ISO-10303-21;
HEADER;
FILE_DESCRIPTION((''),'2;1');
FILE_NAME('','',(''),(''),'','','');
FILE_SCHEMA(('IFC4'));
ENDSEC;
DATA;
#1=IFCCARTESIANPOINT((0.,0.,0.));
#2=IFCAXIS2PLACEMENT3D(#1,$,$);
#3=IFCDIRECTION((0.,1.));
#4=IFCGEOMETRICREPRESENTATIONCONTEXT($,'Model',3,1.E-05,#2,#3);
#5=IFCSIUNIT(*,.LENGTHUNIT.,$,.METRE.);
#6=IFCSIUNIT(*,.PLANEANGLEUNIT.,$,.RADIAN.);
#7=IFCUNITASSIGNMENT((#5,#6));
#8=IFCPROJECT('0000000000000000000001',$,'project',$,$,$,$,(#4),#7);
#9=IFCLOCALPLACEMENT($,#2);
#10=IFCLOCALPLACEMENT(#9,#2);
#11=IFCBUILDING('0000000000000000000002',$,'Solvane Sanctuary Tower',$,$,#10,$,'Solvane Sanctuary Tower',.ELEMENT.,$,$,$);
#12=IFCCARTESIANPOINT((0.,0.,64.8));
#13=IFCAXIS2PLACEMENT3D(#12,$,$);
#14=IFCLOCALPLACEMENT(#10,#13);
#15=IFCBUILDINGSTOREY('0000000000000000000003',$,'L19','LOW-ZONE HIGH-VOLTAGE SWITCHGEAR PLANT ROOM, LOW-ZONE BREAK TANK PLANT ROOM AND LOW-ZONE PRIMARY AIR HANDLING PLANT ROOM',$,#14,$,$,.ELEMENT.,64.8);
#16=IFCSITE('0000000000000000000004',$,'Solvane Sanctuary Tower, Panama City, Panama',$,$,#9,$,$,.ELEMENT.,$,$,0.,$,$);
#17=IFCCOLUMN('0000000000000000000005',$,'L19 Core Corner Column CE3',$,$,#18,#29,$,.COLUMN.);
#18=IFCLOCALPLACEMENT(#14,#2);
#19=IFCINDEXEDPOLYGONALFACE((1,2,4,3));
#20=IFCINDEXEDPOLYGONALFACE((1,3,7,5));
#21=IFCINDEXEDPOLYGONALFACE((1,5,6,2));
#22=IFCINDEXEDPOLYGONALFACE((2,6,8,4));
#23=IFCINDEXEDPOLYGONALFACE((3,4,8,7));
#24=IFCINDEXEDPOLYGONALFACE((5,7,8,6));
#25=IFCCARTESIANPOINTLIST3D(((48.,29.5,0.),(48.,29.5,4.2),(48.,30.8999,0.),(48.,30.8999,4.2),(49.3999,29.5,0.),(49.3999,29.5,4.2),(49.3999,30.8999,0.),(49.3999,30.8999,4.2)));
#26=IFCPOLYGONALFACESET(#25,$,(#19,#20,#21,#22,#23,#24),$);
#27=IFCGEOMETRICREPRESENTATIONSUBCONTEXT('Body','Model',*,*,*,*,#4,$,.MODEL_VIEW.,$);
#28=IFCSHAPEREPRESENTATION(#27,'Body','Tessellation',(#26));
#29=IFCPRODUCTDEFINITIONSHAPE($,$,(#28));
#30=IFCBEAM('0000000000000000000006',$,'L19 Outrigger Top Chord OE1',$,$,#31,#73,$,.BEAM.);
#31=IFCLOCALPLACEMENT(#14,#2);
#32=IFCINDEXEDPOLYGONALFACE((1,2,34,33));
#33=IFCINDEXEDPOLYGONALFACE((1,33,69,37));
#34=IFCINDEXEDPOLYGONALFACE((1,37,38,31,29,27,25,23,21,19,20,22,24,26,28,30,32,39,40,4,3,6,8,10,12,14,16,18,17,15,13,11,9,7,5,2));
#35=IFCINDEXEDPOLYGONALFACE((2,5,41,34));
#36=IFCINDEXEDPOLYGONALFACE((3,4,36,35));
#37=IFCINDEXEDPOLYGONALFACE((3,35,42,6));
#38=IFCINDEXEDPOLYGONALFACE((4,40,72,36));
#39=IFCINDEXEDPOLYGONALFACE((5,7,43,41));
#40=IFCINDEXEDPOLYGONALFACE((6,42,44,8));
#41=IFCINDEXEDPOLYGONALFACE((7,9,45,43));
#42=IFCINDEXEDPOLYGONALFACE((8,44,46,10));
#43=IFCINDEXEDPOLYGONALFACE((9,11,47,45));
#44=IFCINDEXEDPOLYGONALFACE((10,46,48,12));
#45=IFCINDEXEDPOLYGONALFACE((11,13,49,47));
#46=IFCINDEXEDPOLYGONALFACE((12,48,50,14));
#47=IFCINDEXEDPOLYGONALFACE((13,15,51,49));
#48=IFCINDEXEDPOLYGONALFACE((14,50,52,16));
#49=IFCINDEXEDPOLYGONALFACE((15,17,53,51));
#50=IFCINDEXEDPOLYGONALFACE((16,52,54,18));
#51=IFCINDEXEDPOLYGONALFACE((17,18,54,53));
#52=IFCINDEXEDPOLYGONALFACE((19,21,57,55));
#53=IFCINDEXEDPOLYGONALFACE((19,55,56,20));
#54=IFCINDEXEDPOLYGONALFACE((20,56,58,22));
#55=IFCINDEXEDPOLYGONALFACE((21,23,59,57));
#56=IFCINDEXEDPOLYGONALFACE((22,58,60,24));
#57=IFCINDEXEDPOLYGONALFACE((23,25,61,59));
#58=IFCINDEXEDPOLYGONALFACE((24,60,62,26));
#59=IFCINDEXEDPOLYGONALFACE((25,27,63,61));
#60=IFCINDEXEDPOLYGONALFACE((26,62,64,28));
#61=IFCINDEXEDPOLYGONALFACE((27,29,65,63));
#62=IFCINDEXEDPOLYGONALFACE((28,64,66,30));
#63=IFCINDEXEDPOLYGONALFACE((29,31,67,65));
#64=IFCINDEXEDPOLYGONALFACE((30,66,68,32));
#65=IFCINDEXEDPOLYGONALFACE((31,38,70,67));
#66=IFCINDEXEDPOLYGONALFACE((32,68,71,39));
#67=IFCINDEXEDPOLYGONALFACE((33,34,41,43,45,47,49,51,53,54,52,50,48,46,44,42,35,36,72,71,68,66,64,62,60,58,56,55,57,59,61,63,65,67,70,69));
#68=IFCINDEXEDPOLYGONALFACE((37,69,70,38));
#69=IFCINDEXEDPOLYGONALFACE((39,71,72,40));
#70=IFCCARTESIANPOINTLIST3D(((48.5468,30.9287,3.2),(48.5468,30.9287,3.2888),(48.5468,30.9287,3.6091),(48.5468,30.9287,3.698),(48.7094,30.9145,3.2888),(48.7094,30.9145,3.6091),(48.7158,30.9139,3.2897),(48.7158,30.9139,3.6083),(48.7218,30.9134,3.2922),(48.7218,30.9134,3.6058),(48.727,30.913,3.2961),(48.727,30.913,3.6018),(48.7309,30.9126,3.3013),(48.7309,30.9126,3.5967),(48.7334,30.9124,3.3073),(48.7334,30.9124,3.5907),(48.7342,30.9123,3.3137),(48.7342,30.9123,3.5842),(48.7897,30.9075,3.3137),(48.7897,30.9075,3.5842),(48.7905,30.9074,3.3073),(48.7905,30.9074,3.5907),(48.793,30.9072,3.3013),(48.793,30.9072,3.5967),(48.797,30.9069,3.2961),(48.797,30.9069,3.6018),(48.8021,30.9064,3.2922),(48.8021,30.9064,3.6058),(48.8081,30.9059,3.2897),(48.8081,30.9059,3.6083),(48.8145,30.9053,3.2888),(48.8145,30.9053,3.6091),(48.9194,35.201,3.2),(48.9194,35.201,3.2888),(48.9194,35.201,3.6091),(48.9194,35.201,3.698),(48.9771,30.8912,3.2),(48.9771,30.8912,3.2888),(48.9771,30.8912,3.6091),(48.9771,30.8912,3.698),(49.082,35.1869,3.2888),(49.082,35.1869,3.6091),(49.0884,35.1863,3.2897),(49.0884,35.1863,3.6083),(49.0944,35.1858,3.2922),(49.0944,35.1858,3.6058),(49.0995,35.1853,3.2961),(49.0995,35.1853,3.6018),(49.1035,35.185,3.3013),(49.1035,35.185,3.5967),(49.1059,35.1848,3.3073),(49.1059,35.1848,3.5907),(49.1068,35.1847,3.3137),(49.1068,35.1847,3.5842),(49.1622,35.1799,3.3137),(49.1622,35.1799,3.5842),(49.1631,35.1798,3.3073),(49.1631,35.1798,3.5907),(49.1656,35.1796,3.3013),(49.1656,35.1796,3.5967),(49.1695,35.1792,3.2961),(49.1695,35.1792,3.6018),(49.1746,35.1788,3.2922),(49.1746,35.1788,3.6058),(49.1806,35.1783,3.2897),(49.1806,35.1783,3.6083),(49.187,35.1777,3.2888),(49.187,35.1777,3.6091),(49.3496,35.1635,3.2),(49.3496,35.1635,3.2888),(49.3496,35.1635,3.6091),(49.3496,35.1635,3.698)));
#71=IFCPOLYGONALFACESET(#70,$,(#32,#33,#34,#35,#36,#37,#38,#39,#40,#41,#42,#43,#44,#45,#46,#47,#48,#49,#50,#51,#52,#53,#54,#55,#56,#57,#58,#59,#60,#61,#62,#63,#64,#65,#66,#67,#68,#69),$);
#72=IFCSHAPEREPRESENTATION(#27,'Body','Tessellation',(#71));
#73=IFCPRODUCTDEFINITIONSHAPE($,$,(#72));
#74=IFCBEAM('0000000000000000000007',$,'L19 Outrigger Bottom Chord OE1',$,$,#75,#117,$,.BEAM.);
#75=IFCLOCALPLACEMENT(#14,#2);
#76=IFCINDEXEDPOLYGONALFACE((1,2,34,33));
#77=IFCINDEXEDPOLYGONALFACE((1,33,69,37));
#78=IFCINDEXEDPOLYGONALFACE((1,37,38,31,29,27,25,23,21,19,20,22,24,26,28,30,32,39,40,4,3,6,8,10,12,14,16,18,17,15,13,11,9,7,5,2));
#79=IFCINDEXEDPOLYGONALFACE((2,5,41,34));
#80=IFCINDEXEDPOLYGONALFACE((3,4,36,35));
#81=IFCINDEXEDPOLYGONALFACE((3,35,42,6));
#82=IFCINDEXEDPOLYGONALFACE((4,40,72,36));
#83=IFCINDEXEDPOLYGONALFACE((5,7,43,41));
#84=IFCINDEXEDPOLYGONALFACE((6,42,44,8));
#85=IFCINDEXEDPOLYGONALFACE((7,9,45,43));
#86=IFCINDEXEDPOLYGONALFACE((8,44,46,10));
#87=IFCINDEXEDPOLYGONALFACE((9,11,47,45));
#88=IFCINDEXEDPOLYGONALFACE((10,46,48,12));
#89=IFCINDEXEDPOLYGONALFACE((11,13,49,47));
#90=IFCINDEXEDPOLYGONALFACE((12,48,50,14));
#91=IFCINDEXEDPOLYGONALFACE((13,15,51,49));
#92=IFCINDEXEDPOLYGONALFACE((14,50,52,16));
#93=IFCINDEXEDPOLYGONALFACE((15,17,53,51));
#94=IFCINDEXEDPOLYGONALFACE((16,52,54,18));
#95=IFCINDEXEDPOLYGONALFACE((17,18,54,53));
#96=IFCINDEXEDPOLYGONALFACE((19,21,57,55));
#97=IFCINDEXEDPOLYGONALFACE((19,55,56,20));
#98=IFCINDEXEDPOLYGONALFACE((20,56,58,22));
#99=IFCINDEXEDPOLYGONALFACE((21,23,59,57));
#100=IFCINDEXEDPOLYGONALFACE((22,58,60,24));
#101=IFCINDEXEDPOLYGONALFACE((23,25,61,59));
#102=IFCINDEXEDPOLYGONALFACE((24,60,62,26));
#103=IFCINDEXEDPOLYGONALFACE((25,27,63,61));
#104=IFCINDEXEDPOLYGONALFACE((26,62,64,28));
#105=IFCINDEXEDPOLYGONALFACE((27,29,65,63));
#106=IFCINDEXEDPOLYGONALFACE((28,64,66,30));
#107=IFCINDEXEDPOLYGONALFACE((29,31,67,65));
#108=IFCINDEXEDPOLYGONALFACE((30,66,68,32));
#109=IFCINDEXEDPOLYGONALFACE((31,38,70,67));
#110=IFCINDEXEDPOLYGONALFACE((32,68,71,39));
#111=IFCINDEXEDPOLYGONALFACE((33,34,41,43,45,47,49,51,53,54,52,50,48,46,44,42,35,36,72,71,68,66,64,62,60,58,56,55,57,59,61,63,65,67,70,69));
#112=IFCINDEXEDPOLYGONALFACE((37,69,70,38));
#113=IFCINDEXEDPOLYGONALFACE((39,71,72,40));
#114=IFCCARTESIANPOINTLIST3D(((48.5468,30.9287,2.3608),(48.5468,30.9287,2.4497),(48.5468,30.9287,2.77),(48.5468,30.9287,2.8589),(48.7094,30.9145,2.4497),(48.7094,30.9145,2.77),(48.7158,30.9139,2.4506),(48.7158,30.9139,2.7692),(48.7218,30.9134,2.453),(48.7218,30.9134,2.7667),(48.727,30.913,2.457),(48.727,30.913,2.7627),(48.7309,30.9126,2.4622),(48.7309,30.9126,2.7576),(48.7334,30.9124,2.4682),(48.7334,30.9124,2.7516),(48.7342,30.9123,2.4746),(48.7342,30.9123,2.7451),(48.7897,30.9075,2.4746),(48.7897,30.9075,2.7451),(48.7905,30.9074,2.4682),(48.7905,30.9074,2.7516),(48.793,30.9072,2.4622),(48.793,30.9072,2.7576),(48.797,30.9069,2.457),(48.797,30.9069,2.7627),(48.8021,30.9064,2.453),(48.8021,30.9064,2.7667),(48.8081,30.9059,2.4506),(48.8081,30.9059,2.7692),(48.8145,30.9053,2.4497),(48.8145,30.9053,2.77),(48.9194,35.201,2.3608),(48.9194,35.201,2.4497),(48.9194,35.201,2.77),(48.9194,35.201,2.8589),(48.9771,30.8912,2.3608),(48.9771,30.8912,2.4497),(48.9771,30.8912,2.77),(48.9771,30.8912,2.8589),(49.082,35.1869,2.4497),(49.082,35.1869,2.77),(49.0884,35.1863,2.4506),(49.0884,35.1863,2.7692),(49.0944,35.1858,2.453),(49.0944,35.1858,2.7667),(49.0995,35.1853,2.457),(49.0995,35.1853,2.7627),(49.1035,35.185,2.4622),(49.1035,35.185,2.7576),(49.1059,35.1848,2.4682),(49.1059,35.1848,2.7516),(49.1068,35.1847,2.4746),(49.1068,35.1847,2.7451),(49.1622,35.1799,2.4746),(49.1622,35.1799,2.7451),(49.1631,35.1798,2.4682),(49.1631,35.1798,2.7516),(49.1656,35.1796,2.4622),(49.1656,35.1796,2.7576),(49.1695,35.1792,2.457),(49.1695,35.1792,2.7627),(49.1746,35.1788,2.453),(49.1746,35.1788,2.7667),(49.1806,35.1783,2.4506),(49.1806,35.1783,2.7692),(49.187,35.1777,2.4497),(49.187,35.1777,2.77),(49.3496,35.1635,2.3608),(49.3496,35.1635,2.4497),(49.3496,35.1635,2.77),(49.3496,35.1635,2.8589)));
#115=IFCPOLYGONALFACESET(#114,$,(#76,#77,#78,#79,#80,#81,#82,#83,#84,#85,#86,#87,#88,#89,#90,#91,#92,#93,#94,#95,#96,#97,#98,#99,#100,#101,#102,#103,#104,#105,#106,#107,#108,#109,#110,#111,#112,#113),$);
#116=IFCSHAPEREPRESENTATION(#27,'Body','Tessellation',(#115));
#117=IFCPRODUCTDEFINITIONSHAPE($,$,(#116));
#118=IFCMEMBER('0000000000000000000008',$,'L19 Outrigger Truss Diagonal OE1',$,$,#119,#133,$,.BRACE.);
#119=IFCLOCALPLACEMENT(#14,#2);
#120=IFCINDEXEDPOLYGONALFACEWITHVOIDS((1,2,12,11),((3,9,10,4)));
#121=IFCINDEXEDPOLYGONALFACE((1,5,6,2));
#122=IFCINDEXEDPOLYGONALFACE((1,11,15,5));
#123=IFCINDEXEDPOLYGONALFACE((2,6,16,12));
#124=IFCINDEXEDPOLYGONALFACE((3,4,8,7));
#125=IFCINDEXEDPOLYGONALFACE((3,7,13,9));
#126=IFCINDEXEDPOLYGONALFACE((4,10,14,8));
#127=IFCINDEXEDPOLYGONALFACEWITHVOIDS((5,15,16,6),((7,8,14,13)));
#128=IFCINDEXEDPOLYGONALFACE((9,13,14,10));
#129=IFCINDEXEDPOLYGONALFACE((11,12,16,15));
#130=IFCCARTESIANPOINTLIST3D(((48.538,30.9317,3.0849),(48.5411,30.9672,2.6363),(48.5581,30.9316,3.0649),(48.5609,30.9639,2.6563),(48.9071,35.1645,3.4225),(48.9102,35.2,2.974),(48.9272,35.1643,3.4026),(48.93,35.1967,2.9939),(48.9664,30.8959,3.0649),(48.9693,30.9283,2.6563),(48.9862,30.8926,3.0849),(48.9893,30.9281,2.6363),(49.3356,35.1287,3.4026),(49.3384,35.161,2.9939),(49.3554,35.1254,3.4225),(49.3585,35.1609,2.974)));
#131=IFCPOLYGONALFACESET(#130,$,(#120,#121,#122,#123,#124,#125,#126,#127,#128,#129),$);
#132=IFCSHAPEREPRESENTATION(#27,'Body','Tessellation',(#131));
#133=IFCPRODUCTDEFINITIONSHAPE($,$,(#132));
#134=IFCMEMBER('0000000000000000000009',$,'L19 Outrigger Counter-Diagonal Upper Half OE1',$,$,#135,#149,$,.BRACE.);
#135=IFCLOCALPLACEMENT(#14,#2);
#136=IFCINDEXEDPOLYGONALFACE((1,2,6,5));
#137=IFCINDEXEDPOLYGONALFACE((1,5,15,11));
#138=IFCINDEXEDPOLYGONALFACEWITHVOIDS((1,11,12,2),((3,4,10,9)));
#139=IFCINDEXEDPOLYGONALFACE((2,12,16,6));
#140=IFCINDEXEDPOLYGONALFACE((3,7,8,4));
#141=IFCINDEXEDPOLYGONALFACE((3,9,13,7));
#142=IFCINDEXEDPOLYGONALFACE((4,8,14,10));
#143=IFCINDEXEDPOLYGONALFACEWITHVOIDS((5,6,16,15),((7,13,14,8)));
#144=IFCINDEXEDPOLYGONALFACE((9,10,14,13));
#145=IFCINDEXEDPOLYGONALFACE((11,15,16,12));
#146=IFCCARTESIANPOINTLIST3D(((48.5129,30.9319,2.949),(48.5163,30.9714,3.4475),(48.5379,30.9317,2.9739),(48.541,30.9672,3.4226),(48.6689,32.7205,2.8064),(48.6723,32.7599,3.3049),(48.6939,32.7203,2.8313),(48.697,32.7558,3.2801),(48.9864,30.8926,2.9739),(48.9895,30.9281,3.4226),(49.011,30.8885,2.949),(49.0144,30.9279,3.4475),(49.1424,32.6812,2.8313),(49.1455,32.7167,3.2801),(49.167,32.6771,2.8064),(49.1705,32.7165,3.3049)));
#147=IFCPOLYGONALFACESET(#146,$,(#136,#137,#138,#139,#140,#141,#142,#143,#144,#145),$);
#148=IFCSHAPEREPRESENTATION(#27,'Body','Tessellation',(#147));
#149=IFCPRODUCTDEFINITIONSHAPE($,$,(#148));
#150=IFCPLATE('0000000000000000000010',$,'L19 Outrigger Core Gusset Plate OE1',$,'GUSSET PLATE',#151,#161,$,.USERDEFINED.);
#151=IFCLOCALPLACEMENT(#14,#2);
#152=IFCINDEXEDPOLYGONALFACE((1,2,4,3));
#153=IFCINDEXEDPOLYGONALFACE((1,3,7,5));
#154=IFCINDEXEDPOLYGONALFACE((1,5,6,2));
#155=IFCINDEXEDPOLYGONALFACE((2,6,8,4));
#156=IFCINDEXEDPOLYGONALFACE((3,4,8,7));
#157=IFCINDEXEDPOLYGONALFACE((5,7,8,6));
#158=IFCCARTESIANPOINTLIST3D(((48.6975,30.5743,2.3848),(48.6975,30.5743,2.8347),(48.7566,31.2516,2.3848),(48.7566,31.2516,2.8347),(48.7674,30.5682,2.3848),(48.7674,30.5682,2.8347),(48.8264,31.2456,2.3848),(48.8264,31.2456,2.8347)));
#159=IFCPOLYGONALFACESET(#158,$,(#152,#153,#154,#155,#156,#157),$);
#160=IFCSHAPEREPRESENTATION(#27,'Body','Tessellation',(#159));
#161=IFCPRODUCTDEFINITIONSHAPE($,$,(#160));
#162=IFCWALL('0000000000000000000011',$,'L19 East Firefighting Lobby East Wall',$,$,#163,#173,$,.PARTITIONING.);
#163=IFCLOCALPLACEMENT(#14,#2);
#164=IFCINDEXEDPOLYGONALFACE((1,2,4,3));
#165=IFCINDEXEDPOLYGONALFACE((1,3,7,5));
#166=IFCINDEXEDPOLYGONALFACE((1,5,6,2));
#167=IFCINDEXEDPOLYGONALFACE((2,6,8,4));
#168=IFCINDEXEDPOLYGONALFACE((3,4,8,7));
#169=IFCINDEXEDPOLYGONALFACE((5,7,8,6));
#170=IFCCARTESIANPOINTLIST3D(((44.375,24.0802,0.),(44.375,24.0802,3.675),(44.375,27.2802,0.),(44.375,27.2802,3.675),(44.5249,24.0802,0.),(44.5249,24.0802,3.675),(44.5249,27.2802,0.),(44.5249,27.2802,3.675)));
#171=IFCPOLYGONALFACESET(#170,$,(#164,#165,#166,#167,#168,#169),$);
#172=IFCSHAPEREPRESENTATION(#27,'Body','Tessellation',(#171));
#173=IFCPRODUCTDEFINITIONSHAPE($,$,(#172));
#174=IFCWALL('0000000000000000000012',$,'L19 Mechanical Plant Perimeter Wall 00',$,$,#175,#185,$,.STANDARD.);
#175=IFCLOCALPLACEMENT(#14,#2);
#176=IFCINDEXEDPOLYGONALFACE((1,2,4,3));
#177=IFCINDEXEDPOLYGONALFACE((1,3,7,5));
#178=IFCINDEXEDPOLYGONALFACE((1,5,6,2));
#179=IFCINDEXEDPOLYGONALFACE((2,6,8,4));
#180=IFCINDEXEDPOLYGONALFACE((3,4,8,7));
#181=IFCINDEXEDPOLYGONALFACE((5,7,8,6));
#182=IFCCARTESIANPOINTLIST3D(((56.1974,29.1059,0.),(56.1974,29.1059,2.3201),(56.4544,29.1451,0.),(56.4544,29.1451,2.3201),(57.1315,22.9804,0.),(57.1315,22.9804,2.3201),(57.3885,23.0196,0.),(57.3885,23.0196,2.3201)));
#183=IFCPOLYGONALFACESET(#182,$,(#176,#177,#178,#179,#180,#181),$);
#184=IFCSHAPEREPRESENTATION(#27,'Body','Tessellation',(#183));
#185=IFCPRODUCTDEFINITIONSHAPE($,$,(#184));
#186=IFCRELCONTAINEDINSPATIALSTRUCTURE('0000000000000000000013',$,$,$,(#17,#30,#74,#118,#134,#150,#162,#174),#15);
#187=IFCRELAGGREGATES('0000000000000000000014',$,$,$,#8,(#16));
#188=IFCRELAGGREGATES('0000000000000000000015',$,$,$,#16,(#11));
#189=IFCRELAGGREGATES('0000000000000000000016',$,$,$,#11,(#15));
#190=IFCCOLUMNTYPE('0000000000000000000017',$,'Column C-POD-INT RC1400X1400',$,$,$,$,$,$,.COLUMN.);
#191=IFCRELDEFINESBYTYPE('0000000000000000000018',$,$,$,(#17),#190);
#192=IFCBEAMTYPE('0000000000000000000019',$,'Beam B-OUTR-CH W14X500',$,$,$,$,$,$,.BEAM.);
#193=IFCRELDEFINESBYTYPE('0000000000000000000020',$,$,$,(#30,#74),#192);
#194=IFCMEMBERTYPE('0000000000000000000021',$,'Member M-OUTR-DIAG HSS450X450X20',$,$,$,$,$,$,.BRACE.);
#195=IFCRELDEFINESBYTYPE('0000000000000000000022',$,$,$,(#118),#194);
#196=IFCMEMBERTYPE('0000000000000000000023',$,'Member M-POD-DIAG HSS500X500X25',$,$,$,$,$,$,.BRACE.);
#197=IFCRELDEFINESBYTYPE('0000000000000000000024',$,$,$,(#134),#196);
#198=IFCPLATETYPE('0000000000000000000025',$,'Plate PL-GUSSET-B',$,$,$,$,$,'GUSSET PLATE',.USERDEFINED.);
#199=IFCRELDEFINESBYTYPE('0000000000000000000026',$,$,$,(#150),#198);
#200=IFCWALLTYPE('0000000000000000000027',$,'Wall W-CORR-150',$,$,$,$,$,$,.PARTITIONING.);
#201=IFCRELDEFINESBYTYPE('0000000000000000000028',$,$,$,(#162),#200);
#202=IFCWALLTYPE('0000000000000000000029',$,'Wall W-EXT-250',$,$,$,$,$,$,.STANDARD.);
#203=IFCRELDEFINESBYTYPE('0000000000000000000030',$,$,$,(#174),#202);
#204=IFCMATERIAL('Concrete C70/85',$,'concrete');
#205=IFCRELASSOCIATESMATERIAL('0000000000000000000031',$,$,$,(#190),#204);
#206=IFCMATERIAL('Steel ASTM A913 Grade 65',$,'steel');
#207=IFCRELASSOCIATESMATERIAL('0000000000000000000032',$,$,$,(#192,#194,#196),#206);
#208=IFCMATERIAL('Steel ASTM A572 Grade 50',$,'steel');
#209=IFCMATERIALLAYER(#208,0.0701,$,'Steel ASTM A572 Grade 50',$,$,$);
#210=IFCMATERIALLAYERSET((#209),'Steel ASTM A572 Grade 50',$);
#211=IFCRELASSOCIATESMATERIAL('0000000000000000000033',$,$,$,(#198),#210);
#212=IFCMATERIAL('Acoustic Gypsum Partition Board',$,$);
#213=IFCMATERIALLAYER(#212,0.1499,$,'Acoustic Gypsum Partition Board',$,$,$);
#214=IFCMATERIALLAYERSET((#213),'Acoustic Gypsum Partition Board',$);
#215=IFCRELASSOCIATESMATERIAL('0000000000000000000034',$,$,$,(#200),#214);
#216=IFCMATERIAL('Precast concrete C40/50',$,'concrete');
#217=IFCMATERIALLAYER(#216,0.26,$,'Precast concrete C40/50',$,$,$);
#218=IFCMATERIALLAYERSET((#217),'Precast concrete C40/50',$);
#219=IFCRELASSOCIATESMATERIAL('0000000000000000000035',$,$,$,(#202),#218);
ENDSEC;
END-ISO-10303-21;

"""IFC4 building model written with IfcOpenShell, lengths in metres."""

from ifc_helpers import new_model, si_unit, direction, frame, frame_2d, origin, origin_2d, place, context, subcontext, project, spatial, rectangle, hollow_rectangle, i_section, extrude, material, layer, layer_set, material_profile, profile_set, type_object, element, save


model = new_model("IFC4")

# Units and contexts
model_context = context("Model", 3, precision=1e-05, world=origin(), true_north=direction((0.0, 1.0)))
body_context = subcontext(model_context, "Body", "Model", "MODEL_VIEW")
ifc_project = project(units=[si_unit("LENGTHUNIT", "METRE"), si_unit("PLANEANGLEUNIT", "RADIAN")], contexts=[model_context])

# Site, building, storey
site_placement = place(None, origin())
site = spatial("IfcSite", under=ifc_project, at=site_placement, Name="Solvane Sanctuary Tower, Panama City, Panama", CompositionType="ELEMENT", RefElevation=0.0)
building_placement = place(site_placement, origin())
building = spatial("IfcBuilding", under=site, at=building_placement, Name="Solvane Sanctuary Tower", LongName="Solvane Sanctuary Tower", CompositionType="ELEMENT")
storey_placement = place(building_placement, frame((0.0, 0.0, 64.8)))
storey = spatial("IfcBuildingStorey", under=building, at=storey_placement, Name="L19", Description="LOW-ZONE HIGH-VOLTAGE SWITCHGEAR PLANT ROOM, LOW-ZONE BREAK TANK PLANT ROOM AND LOW-ZONE PRIMARY AIR HANDLING PLANT ROOM", CompositionType="ELEMENT", Elevation=64.8)

# Column
ifc_material_1 = material(Name="Concrete C70/85", Category="concrete")
ifc_material_profile_1 = material_profile(ifc_material_1, rectangle(XDim=1.3999, YDim=1.3999, at=origin_2d()), Name="RC1400X1400")
ifc_profile_set_1 = profile_set([ifc_material_profile_1], Name="Concrete C70/85")
column_type = type_object("IfcColumnType", Name="Column C-POD-INT RC1400X1400", PredefinedType="COLUMN", material=ifc_profile_set_1)
column_placement = place(storey_placement, frame((48.7, 30.2, 0.0), z_axis=(0.0, 0.0, 1.0), x_axis=(1.0, 0.0, 0.0)))
element("IfcColumn", 1, at=column_placement, inside=storey, type_object=column_type, Name="L19 Core Corner Column CE3", PredefinedType="COLUMN", context=body_context, shape_type="SweptSolid", body=[
    extrude(rectangle(XDim=1.3999, YDim=1.3999, at=origin_2d()), origin(), (0.0, 0.0, 1.0), 4.2),
])

# Beams
ifc_material_2 = material(Name="Steel ASTM A913 Grade 65", Category="steel")
ifc_material_profile_2 = material_profile(ifc_material_2, i_section(OverallWidth=0.4319, OverallDepth=0.498, WebThickness=0.0557, FlangeThickness=0.0889, FilletRadius=0.0249, at=origin_2d()), Name="W14X500")
ifc_profile_set_2 = profile_set([ifc_material_profile_2], Name="Steel ASTM A913 Grade 65")
beam_type = type_object("IfcBeamType", Name="Beam B-OUTR-CH W14X500", PredefinedType="BEAM", material=ifc_profile_set_2)
for number, where, z_axis, x_axis, name in (
    (2, (48.762, 30.9099, 3.449), (0.08687, 0.99622, 0.0), (-0.99622, 0.08687, 0.0), "L19 Outrigger Top Chord OE1"),
    (3, (48.762, 30.9099, 2.6099), (0.08687, 0.99622, 0.0), (-0.99622, 0.08687, 0.0), "L19 Outrigger Bottom Chord OE1"),
):
    element("IfcBeam", number, at=place(storey_placement, frame(where, z_axis=z_axis, x_axis=x_axis)), inside=storey, type_object=beam_type, Name=name, PredefinedType="BEAM", context=body_context, shape_type="SweptSolid", body=[
        extrude(i_section(OverallWidth=0.4319, OverallDepth=0.498, WebThickness=0.0557, FlangeThickness=0.0889, FilletRadius=0.0249, at=origin_2d()), origin(), (0.0, 0.0, 1.0), 4.2886),
    ])

# Members
ifc_material_profile_3 = material_profile(ifc_material_2, hollow_rectangle(XDim=0.45, YDim=0.45, WallThickness=0.02, at=origin_2d()), Name="HSS450X450X20")
ifc_profile_set_3 = profile_set([ifc_material_profile_3], Name="Steel ASTM A913 Grade 65")
member_type_1 = type_object("IfcMemberType", Name="Member M-OUTR-DIAG HSS450X450X20", PredefinedType="BRACE", material=ifc_profile_set_3)
member_1_placement = place(storey_placement, frame((48.7637, 30.9299, 2.8606), z_axis=(0.086609, 0.993088, 0.07922), x_axis=(-0.996219, 0.086883, 0.0)))
element("IfcMember", 4, at=member_1_placement, inside=storey, type_object=member_type_1, Name="L19 Outrigger Truss Diagonal OE1", PredefinedType="BRACE", context=body_context, shape_type="SweptSolid", body=[
    extrude(hollow_rectangle(XDim=0.45, YDim=0.45, WallThickness=0.02, at=origin_2d()), origin(), (0.0, 0.0, 1.0), 4.2622),
])
ifc_material_profile_4 = material_profile(ifc_material_2, hollow_rectangle(XDim=0.5, YDim=0.5, WallThickness=0.0249, at=origin_2d()), Name="HSS500X500X25")
ifc_profile_set_4 = profile_set([ifc_material_profile_4], Name="Steel ASTM A913 Grade 65")
member_type_2 = type_object("IfcMemberType", Name="Member M-POD-DIAG HSS500X500X25", PredefinedType="BRACE", material=ifc_profile_set_4)
member_2_placement = place(storey_placement, frame((48.9197, 32.7185, 3.0557), z_axis=(-0.086621, -0.993091, 0.079165), x_axis=(0.996218, -0.086894, 0.0)))
element("IfcMember", 5, at=member_2_placement, inside=storey, type_object=member_type_2, Name="L19 Outrigger Counter-Diagonal Upper Half OE1", PredefinedType="BRACE", context=body_context, shape_type="SweptSolid", body=[
    extrude(hollow_rectangle(XDim=0.5, YDim=0.5, WallThickness=0.0249, at=origin_2d()), origin(), (0.0, 0.0, 1.0), 1.801),
])

# Plate
ifc_material_3 = material(Name="Steel ASTM A572 Grade 50", Category="steel")
ifc_layer_1 = layer(ifc_material_3, 0.0701, Name="Steel ASTM A572 Grade 50")
ifc_layer_set_1 = layer_set([ifc_layer_1], Name="Steel ASTM A572 Grade 50")
plate_type = type_object("IfcPlateType", Name="Plate PL-GUSSET-B", ElementType="GUSSET PLATE", PredefinedType="USERDEFINED", material=ifc_layer_set_1)
plate_placement = place(storey_placement, frame((48.762, 30.9099, 2.3848), z_axis=(0.0, 0.0, 1.0), x_axis=(0.086808, 0.996225, 0.0)))
element("IfcPlate", 6, at=plate_placement, inside=storey, type_object=plate_type, Name="L19 Outrigger Core Gusset Plate OE1", ObjectType="GUSSET PLATE", PredefinedType="USERDEFINED", context=body_context, shape_type="SweptSolid", body=[
    extrude(rectangle(XDim=0.6799, YDim=0.0701, at=origin_2d()), origin(), (0.0, 0.0, 1.0), 0.45),
])

# Walls
ifc_material_4 = material(Name="Acoustic Gypsum Partition Board")
ifc_layer_2 = layer(ifc_material_4, 0.1499, Name="Acoustic Gypsum Partition Board")
ifc_layer_set_2 = layer_set([ifc_layer_2], Name="Acoustic Gypsum Partition Board")
wall_type_1 = type_object("IfcWallType", Name="Wall W-CORR-150", PredefinedType="PARTITIONING", material=ifc_layer_set_2)
wall_1_placement = place(storey_placement, frame((44.45, 24.0801, 0.0), z_axis=(0.0, 0.0, 1.0), x_axis=(0.0, 1.0, 0.0)))
element("IfcWall", 7, at=wall_1_placement, inside=storey, type_object=wall_type_1, Name="L19 East Firefighting Lobby East Wall", PredefinedType="PARTITIONING", context=body_context, shape_type="SweptSolid", body=[
    extrude(rectangle(XDim=3.2, YDim=0.1499, at=frame_2d((1.6001, 0.0))), origin(), (0.0, 0.0, 1.0), 3.675),
])
ifc_material_5 = material(Name="Precast concrete C40/50", Category="concrete")
ifc_layer_3 = layer(ifc_material_5, 0.26, Name="Precast concrete C40/50")
ifc_layer_set_3 = layer_set([ifc_layer_3], Name="Precast concrete C40/50")
wall_type_2 = type_object("IfcWallType", Name="Wall W-EXT-250", PredefinedType="STANDARD", material=ifc_layer_set_3)
wall_2_placement = place(storey_placement, frame((57.26, 23.0, 0.0), z_axis=(0.0, 0.0, 1.0), x_axis=(-0.150748, 0.988572, 0.0)))
element("IfcWall", 8, at=wall_2_placement, inside=storey, type_object=wall_type_2, Name="L19 Mechanical Plant Perimeter Wall 00", PredefinedType="STANDARD", context=body_context, shape_type="SweptSolid", body=[
    extrude(rectangle(XDim=6.1963, YDim=0.26, at=frame_2d((3.0981, 0.0))), origin(), (0.0, 0.0, 1.0), 2.3201),
])

save(model, "model.ifc")
